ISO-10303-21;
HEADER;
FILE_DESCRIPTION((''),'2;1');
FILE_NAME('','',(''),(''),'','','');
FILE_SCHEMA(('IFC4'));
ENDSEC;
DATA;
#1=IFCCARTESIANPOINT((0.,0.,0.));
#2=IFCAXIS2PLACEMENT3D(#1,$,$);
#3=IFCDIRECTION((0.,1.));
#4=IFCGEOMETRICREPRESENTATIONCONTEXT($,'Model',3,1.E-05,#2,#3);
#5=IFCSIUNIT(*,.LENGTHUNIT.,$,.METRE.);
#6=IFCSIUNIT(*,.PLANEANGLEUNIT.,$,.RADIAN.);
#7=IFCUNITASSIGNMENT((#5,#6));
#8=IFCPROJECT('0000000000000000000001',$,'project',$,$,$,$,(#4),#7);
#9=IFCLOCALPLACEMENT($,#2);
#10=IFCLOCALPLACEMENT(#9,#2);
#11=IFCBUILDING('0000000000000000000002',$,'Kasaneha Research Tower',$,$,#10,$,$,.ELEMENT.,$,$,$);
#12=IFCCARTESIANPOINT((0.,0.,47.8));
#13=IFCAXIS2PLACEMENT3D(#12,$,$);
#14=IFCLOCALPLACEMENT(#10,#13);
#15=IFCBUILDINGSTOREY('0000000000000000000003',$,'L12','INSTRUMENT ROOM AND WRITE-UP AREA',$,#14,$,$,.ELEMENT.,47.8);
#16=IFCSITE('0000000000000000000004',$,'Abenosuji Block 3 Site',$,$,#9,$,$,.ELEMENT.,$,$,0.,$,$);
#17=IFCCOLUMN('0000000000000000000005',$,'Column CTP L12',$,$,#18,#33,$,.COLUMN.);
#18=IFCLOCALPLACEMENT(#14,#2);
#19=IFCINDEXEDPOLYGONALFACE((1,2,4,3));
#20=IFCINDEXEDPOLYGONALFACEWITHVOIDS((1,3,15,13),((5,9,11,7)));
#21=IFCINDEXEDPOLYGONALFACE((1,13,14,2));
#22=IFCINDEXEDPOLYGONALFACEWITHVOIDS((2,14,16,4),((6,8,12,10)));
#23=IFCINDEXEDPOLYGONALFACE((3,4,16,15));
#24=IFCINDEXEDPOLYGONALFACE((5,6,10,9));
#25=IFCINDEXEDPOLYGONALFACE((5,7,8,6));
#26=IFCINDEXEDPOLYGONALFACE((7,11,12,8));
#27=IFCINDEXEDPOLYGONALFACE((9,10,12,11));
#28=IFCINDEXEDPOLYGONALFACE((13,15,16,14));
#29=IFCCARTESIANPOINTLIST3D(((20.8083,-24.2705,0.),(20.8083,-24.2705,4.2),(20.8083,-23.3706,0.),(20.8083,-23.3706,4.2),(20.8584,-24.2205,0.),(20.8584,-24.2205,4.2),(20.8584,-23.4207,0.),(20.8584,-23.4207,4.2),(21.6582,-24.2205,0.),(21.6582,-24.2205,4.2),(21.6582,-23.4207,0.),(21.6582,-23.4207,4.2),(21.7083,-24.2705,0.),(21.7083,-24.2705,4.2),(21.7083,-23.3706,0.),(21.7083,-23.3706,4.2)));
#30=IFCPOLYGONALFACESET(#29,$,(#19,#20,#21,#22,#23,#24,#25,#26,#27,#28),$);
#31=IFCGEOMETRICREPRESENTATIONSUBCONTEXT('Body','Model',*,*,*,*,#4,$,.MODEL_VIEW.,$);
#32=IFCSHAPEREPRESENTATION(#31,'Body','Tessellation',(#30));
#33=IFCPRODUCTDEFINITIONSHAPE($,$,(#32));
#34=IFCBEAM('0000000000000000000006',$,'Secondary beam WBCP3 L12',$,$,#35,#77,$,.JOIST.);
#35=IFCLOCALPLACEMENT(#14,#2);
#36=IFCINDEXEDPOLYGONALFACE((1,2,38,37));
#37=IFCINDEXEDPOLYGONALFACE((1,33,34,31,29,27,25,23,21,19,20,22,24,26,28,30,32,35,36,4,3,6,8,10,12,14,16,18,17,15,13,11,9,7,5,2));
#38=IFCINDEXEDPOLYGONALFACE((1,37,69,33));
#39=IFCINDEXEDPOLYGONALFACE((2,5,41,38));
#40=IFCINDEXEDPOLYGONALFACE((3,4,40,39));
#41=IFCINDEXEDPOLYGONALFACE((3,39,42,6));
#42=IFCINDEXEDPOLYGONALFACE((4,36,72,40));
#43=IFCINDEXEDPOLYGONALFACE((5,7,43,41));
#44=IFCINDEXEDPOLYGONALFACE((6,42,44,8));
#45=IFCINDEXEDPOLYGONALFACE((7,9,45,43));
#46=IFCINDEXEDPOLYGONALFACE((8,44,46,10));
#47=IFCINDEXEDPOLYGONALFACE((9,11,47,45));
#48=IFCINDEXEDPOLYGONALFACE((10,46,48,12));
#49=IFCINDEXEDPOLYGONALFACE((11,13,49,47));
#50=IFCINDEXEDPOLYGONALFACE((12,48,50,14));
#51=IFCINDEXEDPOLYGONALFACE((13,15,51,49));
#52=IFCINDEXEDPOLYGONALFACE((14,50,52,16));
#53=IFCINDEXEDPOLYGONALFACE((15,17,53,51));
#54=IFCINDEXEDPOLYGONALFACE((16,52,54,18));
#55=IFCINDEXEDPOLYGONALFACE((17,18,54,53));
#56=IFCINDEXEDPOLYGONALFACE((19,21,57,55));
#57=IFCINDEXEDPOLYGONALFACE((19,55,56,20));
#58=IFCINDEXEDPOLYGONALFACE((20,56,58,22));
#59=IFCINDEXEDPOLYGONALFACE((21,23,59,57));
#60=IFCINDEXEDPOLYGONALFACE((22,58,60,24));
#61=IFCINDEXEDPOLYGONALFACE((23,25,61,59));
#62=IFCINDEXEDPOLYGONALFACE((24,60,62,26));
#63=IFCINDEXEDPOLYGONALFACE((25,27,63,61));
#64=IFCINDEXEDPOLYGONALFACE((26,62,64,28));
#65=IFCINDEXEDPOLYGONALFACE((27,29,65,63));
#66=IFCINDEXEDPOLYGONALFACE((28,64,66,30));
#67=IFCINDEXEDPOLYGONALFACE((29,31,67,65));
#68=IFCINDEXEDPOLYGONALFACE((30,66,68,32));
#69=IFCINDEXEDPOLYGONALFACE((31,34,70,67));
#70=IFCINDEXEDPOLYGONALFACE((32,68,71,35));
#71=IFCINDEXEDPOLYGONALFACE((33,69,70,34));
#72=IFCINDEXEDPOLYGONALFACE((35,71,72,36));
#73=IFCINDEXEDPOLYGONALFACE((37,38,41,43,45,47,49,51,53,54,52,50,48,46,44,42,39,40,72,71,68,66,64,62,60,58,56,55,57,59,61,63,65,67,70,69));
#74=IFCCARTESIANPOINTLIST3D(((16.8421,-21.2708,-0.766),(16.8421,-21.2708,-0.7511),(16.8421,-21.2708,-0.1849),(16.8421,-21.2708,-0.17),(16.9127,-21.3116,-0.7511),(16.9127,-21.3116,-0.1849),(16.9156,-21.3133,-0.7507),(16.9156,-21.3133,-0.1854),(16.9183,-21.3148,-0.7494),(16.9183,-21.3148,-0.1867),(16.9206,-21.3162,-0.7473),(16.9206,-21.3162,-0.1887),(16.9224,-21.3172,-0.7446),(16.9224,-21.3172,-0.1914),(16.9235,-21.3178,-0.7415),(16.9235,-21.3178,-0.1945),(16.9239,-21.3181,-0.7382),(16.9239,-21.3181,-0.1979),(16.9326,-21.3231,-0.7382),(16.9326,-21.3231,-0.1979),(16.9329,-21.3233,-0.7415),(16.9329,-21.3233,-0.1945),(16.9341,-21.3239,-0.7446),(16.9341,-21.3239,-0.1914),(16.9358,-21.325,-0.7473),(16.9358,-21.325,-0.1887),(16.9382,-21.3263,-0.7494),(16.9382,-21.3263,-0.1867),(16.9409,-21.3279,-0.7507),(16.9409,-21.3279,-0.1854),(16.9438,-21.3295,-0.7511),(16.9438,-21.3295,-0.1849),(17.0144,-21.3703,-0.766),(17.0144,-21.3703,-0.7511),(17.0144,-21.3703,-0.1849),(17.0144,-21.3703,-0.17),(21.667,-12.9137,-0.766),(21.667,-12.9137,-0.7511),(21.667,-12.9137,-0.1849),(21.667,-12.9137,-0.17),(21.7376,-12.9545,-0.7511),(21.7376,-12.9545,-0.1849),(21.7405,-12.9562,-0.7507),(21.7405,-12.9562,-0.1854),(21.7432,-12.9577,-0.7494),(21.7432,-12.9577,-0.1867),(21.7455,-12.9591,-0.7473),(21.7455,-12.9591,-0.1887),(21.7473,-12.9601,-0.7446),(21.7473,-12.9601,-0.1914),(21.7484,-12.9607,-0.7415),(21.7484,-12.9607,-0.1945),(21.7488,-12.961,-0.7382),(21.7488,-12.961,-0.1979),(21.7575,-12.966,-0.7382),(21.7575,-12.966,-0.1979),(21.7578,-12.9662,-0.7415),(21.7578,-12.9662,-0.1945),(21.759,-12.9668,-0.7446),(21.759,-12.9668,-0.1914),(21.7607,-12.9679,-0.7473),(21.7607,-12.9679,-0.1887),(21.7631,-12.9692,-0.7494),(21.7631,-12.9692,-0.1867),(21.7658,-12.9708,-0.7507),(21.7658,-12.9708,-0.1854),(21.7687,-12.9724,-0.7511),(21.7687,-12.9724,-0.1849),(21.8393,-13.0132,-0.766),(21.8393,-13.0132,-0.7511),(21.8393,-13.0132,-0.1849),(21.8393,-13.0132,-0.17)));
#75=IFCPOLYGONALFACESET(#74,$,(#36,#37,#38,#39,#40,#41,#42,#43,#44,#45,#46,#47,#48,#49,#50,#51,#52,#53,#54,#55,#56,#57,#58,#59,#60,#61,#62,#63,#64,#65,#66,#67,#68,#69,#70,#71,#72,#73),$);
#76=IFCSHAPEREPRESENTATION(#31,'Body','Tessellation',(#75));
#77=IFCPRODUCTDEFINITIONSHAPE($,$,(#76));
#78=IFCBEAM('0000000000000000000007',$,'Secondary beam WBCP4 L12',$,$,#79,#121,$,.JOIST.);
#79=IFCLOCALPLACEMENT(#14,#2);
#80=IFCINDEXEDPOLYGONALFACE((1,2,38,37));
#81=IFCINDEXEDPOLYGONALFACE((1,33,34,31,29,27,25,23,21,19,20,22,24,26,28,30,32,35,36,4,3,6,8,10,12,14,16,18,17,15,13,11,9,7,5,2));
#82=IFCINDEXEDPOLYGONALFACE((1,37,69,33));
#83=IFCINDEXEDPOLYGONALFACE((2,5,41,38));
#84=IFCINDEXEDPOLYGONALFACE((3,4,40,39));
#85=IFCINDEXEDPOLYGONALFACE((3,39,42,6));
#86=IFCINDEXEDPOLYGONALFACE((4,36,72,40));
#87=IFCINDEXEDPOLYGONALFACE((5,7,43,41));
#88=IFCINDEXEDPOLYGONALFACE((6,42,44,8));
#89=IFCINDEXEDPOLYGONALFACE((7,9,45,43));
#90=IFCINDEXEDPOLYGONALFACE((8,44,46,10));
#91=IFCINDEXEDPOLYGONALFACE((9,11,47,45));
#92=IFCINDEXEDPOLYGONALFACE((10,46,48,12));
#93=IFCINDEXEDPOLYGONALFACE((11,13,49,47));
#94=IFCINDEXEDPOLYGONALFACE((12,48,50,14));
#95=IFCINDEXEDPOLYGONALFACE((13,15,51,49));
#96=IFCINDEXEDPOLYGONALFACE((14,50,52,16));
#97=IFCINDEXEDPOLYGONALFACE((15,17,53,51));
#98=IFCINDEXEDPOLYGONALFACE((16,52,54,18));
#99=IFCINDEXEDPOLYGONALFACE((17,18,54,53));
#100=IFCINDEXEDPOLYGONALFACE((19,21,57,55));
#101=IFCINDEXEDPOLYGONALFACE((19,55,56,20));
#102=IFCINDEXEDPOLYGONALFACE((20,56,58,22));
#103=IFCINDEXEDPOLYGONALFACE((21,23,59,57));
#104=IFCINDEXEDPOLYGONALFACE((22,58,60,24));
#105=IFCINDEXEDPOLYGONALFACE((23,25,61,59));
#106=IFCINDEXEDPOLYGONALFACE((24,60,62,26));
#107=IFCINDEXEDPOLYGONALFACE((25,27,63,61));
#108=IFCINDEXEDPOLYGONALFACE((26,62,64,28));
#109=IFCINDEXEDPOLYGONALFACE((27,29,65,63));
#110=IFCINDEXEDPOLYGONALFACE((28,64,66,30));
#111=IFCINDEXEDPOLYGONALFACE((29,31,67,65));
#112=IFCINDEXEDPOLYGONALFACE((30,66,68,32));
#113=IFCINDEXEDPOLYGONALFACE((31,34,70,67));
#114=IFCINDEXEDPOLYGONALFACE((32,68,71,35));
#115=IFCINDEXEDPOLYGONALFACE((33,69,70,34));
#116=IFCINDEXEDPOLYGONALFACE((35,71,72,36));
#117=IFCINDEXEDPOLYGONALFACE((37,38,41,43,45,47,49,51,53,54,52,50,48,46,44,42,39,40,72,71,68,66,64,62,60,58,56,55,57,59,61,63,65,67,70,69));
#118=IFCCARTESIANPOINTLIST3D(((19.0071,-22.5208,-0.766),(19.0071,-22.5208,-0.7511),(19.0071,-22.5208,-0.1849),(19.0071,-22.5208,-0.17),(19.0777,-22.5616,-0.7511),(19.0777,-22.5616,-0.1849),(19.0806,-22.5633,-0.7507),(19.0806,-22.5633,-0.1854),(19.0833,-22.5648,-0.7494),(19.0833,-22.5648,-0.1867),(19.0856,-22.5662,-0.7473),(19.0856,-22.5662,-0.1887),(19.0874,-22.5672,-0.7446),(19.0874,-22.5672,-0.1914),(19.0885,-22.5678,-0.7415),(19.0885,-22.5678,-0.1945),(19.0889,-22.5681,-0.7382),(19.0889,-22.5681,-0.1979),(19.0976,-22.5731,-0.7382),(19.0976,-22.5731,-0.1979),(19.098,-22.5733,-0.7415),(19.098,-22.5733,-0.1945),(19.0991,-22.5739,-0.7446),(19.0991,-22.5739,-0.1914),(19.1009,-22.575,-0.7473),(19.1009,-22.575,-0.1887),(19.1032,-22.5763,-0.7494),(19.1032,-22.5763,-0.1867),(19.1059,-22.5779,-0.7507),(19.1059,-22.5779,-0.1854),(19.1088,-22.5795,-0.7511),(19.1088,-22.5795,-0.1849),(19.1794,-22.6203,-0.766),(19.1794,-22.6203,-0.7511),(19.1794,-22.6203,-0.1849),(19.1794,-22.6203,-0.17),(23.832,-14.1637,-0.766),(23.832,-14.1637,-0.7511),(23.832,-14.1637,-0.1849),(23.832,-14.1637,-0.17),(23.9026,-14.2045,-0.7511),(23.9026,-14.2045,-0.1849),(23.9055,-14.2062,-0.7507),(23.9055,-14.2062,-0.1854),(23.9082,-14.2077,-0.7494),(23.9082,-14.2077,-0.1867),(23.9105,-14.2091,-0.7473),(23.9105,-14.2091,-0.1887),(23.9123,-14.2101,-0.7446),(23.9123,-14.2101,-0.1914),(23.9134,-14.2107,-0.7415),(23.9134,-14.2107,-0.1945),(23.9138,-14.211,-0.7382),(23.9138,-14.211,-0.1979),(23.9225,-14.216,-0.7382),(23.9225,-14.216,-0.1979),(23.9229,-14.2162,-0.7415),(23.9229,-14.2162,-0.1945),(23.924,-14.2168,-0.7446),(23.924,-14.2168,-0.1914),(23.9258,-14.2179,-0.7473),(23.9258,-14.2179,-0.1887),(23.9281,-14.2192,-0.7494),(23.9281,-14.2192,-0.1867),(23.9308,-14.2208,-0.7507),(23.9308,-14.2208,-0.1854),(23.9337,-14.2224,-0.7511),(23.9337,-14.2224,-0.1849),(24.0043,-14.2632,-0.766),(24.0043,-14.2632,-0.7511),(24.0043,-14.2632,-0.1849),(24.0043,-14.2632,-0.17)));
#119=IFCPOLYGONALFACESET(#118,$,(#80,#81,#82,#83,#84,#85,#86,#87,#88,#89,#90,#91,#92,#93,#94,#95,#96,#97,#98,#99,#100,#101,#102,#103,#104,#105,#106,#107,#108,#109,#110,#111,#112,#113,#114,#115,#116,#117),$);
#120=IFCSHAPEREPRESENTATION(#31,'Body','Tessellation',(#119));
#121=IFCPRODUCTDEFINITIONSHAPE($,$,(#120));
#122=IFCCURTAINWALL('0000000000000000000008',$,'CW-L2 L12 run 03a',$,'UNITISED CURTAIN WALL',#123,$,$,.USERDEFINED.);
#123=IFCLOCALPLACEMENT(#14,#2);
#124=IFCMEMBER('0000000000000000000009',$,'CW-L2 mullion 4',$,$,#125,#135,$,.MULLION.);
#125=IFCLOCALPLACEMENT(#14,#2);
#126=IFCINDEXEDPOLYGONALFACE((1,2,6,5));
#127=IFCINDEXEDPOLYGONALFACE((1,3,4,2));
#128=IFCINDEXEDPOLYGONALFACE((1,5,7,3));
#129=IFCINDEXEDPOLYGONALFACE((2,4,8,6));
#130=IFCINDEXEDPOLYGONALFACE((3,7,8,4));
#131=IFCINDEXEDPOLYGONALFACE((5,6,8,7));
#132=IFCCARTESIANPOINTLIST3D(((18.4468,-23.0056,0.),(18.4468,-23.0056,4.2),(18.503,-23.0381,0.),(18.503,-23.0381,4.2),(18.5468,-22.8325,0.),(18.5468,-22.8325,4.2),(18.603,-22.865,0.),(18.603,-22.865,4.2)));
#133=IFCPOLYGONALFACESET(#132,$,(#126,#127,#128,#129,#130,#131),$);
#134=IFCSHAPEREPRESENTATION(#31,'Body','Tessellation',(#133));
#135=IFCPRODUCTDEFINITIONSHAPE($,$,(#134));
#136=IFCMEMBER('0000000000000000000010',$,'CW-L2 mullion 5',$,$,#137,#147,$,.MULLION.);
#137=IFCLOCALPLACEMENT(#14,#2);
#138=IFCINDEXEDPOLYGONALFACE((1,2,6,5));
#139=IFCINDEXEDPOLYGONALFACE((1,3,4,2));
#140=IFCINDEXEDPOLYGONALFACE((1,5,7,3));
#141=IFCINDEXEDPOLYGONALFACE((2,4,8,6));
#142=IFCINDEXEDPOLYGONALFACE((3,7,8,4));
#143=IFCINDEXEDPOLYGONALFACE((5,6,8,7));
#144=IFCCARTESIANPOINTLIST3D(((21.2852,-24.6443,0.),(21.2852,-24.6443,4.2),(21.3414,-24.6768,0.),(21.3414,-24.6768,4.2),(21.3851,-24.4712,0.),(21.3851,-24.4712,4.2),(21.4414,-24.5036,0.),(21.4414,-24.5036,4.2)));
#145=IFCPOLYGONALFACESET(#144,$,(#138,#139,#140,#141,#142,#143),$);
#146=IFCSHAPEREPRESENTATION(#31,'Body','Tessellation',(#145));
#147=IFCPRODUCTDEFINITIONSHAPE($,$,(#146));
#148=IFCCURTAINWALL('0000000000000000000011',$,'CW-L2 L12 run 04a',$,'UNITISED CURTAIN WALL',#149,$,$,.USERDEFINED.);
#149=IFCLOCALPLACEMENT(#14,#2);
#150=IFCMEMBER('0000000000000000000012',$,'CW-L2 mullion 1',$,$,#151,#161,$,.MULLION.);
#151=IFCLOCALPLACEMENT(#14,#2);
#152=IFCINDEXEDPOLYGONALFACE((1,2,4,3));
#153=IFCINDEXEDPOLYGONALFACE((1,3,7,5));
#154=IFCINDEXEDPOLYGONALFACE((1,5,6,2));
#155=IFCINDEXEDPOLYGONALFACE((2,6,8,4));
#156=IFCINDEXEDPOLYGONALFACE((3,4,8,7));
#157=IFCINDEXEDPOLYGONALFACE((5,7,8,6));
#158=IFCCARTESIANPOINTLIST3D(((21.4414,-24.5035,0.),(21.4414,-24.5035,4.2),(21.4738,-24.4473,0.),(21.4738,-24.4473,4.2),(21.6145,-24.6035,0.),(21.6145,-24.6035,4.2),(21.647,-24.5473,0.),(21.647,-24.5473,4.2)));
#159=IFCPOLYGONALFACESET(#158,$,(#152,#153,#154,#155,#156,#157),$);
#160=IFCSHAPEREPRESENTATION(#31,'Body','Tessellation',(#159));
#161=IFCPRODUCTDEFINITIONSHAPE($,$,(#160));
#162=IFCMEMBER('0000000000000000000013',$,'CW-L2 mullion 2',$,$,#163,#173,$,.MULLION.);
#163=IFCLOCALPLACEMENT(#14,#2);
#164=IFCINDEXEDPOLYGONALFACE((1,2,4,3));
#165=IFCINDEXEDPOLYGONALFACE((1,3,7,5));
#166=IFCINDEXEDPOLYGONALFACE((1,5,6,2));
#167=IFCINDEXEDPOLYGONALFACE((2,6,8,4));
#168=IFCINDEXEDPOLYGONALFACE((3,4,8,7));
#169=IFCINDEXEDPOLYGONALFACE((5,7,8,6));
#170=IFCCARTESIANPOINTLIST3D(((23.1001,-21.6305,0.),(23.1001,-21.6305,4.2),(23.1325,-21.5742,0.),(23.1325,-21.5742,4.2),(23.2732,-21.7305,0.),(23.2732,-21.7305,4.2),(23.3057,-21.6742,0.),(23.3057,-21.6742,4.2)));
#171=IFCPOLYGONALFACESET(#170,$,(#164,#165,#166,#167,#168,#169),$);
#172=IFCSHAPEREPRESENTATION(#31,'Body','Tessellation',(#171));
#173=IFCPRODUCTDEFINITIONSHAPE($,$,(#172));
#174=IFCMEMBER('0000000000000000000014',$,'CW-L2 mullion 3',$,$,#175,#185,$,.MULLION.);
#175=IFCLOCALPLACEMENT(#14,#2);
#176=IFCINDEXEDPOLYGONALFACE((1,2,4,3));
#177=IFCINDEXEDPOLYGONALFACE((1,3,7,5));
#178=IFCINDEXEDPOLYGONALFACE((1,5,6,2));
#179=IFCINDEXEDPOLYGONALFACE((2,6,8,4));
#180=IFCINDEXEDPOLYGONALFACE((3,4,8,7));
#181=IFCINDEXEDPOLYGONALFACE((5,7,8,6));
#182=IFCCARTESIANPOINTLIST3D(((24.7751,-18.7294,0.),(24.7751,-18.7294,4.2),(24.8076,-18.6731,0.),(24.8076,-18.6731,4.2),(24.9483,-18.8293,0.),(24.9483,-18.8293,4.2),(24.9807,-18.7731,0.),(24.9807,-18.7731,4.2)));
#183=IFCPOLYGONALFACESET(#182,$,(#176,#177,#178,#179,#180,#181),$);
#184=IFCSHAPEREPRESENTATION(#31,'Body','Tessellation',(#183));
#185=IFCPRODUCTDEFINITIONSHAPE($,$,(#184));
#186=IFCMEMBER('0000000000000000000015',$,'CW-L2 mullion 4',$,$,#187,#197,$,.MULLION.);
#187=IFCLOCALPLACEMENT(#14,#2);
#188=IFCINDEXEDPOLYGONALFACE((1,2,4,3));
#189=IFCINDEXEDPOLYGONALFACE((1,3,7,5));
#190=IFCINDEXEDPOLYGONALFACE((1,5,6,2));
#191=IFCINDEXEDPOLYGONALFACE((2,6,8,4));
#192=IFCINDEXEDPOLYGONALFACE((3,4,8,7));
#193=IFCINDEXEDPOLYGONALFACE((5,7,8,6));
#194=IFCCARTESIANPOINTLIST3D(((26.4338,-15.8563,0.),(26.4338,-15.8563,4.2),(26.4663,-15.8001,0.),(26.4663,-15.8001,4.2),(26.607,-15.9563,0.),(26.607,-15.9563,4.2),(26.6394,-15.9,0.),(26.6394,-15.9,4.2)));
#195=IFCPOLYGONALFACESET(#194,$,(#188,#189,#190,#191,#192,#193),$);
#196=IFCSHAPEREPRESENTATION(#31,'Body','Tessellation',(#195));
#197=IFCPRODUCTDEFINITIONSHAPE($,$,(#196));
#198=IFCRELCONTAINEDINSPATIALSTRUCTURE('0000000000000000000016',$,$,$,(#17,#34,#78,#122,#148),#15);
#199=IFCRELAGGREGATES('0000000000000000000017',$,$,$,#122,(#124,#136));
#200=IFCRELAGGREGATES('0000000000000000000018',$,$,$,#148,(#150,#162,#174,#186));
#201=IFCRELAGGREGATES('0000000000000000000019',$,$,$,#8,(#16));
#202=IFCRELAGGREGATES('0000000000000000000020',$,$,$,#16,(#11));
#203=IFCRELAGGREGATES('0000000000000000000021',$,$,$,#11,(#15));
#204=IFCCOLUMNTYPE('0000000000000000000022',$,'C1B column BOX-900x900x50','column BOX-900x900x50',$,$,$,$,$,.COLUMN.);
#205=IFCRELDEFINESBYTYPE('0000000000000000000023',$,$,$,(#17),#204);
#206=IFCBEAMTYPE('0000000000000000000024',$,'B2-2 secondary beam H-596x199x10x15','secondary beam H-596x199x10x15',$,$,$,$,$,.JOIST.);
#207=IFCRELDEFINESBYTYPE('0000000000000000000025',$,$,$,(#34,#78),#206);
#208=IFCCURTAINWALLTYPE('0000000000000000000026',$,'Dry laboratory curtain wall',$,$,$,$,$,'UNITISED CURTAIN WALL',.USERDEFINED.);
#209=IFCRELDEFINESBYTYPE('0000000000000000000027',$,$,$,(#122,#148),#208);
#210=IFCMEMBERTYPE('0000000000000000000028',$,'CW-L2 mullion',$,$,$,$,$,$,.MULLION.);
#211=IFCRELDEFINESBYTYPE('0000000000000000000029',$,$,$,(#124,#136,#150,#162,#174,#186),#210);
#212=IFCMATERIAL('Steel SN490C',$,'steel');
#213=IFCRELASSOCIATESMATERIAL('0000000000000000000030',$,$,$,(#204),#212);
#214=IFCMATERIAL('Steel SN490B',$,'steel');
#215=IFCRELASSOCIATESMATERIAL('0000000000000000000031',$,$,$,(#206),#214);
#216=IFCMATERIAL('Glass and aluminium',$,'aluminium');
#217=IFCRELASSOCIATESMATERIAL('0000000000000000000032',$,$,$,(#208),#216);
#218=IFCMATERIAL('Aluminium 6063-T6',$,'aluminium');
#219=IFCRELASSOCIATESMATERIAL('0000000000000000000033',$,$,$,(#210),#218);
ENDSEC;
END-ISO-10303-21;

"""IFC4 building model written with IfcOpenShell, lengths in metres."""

from ifc_helpers import new_model, si_unit, direction, frame, origin, origin_2d, place, context, subcontext, project, spatial, rectangle, hollow_rectangle, i_section, extrude, material, material_profile, profile_set, type_object, element, aggregate, save


model = new_model("IFC4")

# Units and contexts
model_context = context("Model", 3, precision=1e-05, world=origin(), true_north=direction((0.0, 1.0)))
body_context = subcontext(model_context, "Body", "Model", "MODEL_VIEW")
ifc_project = project(units=[si_unit("LENGTHUNIT", "METRE"), si_unit("PLANEANGLEUNIT", "RADIAN")], contexts=[model_context])

# Site, building, storey
site_placement = place(None, origin())
site = spatial("IfcSite", under=ifc_project, at=site_placement, Name="Abenosuji Block 3 Site", CompositionType="ELEMENT", RefElevation=0.0)
building_placement = place(site_placement, origin())
building = spatial("IfcBuilding", under=site, at=building_placement, Name="Kasaneha Research Tower", CompositionType="ELEMENT")
storey_placement = place(building_placement, frame((0.0, 0.0, 47.8)))
storey = spatial("IfcBuildingStorey", under=building, at=storey_placement, Name="L12", Description="INSTRUMENT ROOM AND WRITE-UP AREA", CompositionType="ELEMENT", Elevation=47.8)

# Column
ifc_material_1 = material(Name="Steel SN490C", Category="steel")
ifc_material_profile_1 = material_profile(ifc_material_1, hollow_rectangle(XDim=0.8999, YDim=0.8999, WallThickness=0.05, at=origin_2d()), Name="BOX-900x900x50")
ifc_profile_set_1 = profile_set([ifc_material_profile_1], Name="Steel SN490C")
column_type = type_object("IfcColumnType", Name="C1B column BOX-900x900x50", Description="column BOX-900x900x50", PredefinedType="COLUMN", material=ifc_profile_set_1)
column_placement = place(storey_placement, frame((21.2583, -23.8206, 0.0), z_axis=(0.0, 0.0, 1.0), x_axis=(1.0, 0.0, 0.0)))
element("IfcColumn", 1, at=column_placement, inside=storey, type_object=column_type, Name="Column CTP L12", PredefinedType="COLUMN", context=body_context, shape_type="SweptSolid", body=[
    extrude(hollow_rectangle(XDim=0.8999, YDim=0.8999, WallThickness=0.05, at=origin_2d()), origin(), (0.0, 0.0, 1.0), 4.2),
])

# Beams
ifc_material_2 = material(Name="Steel SN490B", Category="steel")
ifc_material_profile_2 = material_profile(ifc_material_2, i_section(OverallWidth=0.199, OverallDepth=0.5959, WebThickness=0.01, FlangeThickness=0.0149, FilletRadius=0.0129, at=origin_2d()), Name="H-596x199x10x15")
ifc_profile_set_2 = profile_set([ifc_material_profile_2], Name="Steel SN490B")
beam_type_1 = type_object("IfcBeamType", Name="B2-2 secondary beam H-596x199x10x15", Description="secondary beam H-596x199x10x15", PredefinedType="JOIST", material=ifc_profile_set_2)
for number, where, z_axis, x_axis, name in (
    (2, (16.9282, -21.3206, -0.468), (0.499995, 0.866028, 0.0), (-0.866028, 0.499995, 0.0), "Secondary beam WBCP3 L12"),
    (3, (19.0933, -22.5706, -0.468), (0.499995, 0.866028, 0.0), (-0.866028, 0.499995, 0.0), "Secondary beam WBCP4 L12"),
):
    element("IfcBeam", number, at=place(storey_placement, frame(where, z_axis=z_axis, x_axis=x_axis)), inside=storey, type_object=beam_type_1, Name=name, PredefinedType="JOIST", context=body_context, shape_type="SweptSolid", body=[
        extrude(i_section(OverallWidth=0.199, OverallDepth=0.5959, WebThickness=0.01, FlangeThickness=0.0149, FilletRadius=0.0129, at=origin_2d()), origin(), (0.0, 0.0, 1.0), 9.6499),
    ])

# Curtain walls, members
ifc_material_3 = material(Name="Glass and aluminium", Category="aluminium")
curtain_wall_type = type_object("IfcCurtainWallType", Name="Dry laboratory curtain wall", ElementType="UNITISED CURTAIN WALL", PredefinedType="USERDEFINED", material=ifc_material_3)
curtain_wall_1_placement = place(storey_placement, origin())
curtain_wall_1 = element("IfcCurtainWall", 4, at=curtain_wall_1_placement, inside=storey, type_object=curtain_wall_type, Name="CW-L2 L12 run 03a", ObjectType="UNITISED CURTAIN WALL", PredefinedType="USERDEFINED")
ifc_material_4 = material(Name="Aluminium 6063-T6", Category="aluminium")
ifc_material_profile_3 = material_profile(ifc_material_4, rectangle(XDim=0.0649, YDim=0.2, at=origin_2d()), Name="CW-L2 mullion 65x200")
ifc_profile_set_3 = profile_set([ifc_material_profile_3], Name="Aluminium 6063-T6")
member_type_1 = type_object("IfcMemberType", Name="CW-L2 mullion", PredefinedType="MULLION", material=ifc_profile_set_3)
member_1_placement = place(storey_placement, frame((18.5249, -22.9353, 0.0), z_axis=(0.0, 0.0, 1.0), x_axis=(0.866025, -0.5, 0.0)))
member_1 = element("IfcMember", 5, at=member_1_placement, type_object=member_type_1, Name="CW-L2 mullion 4", PredefinedType="MULLION", context=body_context, shape_type="SweptSolid", body=[
    extrude(rectangle(XDim=0.0649, YDim=0.2, at=origin_2d()), origin(), (0.0, 0.0, 1.0), 4.2),
])
member_2_placement = place(storey_placement, frame((21.3633, -24.574, 0.0), z_axis=(0.0, 0.0, 1.0), x_axis=(0.866025, -0.5, 0.0)))
member_2 = element("IfcMember", 6, at=member_2_placement, type_object=member_type_1, Name="CW-L2 mullion 5", PredefinedType="MULLION", context=body_context, shape_type="SweptSolid", body=[
    extrude(rectangle(XDim=0.0649, YDim=0.2, at=origin_2d()), origin(), (0.0, 0.0, 1.0), 4.2),
])
curtain_wall_2_placement = place(storey_placement, origin())
curtain_wall_2 = element("IfcCurtainWall", 7, at=curtain_wall_2_placement, inside=storey, type_object=curtain_wall_type, Name="CW-L2 L12 run 04a", ObjectType="UNITISED CURTAIN WALL", PredefinedType="USERDEFINED")
member_3_placement = place(storey_placement, frame((21.5442, -24.5254, 0.0), z_axis=(0.0, 0.0, 1.0), x_axis=(0.5, 0.866025, 0.0)))
member_3 = element("IfcMember", 8, at=member_3_placement, type_object=member_type_1, Name="CW-L2 mullion 1", PredefinedType="MULLION", context=body_context, shape_type="SweptSolid", body=[
    extrude(rectangle(XDim=0.0649, YDim=0.2, at=origin_2d()), origin(), (0.0, 0.0, 1.0), 4.2),
])
member_4_placement = place(storey_placement, frame((23.2029, -21.6523, 0.0), z_axis=(0.0, 0.0, 1.0), x_axis=(0.5, 0.866025, 0.0)))
member_4 = element("IfcMember", 9, at=member_4_placement, type_object=member_type_1, Name="CW-L2 mullion 2", PredefinedType="MULLION", context=body_context, shape_type="SweptSolid", body=[
    extrude(rectangle(XDim=0.0649, YDim=0.2, at=origin_2d()), origin(), (0.0, 0.0, 1.0), 4.2),
])
member_5_placement = place(storey_placement, frame((24.8779, -18.7512, 0.0), z_axis=(0.0, 0.0, 1.0), x_axis=(0.5, 0.866025, 0.0)))
member_5 = element("IfcMember", 10, at=member_5_placement, type_object=member_type_1, Name="CW-L2 mullion 3", PredefinedType="MULLION", context=body_context, shape_type="SweptSolid", body=[
    extrude(rectangle(XDim=0.0649, YDim=0.2, at=origin_2d()), origin(), (0.0, 0.0, 1.0), 4.2),
])
member_6_placement = place(storey_placement, frame((26.5366, -15.8782, 0.0), z_axis=(0.0, 0.0, 1.0), x_axis=(0.5, 0.866025, 0.0)))
member_6 = element("IfcMember", 11, at=member_6_placement, type_object=member_type_1, Name="CW-L2 mullion 4", PredefinedType="MULLION", context=body_context, shape_type="SweptSolid", body=[
    extrude(rectangle(XDim=0.0649, YDim=0.2, at=origin_2d()), origin(), (0.0, 0.0, 1.0), 4.2),
])

aggregate(curtain_wall_1, [member_1, member_2])
aggregate(curtain_wall_2, [member_3, member_4, member_5, member_6])

save(model, "model.ifc")
